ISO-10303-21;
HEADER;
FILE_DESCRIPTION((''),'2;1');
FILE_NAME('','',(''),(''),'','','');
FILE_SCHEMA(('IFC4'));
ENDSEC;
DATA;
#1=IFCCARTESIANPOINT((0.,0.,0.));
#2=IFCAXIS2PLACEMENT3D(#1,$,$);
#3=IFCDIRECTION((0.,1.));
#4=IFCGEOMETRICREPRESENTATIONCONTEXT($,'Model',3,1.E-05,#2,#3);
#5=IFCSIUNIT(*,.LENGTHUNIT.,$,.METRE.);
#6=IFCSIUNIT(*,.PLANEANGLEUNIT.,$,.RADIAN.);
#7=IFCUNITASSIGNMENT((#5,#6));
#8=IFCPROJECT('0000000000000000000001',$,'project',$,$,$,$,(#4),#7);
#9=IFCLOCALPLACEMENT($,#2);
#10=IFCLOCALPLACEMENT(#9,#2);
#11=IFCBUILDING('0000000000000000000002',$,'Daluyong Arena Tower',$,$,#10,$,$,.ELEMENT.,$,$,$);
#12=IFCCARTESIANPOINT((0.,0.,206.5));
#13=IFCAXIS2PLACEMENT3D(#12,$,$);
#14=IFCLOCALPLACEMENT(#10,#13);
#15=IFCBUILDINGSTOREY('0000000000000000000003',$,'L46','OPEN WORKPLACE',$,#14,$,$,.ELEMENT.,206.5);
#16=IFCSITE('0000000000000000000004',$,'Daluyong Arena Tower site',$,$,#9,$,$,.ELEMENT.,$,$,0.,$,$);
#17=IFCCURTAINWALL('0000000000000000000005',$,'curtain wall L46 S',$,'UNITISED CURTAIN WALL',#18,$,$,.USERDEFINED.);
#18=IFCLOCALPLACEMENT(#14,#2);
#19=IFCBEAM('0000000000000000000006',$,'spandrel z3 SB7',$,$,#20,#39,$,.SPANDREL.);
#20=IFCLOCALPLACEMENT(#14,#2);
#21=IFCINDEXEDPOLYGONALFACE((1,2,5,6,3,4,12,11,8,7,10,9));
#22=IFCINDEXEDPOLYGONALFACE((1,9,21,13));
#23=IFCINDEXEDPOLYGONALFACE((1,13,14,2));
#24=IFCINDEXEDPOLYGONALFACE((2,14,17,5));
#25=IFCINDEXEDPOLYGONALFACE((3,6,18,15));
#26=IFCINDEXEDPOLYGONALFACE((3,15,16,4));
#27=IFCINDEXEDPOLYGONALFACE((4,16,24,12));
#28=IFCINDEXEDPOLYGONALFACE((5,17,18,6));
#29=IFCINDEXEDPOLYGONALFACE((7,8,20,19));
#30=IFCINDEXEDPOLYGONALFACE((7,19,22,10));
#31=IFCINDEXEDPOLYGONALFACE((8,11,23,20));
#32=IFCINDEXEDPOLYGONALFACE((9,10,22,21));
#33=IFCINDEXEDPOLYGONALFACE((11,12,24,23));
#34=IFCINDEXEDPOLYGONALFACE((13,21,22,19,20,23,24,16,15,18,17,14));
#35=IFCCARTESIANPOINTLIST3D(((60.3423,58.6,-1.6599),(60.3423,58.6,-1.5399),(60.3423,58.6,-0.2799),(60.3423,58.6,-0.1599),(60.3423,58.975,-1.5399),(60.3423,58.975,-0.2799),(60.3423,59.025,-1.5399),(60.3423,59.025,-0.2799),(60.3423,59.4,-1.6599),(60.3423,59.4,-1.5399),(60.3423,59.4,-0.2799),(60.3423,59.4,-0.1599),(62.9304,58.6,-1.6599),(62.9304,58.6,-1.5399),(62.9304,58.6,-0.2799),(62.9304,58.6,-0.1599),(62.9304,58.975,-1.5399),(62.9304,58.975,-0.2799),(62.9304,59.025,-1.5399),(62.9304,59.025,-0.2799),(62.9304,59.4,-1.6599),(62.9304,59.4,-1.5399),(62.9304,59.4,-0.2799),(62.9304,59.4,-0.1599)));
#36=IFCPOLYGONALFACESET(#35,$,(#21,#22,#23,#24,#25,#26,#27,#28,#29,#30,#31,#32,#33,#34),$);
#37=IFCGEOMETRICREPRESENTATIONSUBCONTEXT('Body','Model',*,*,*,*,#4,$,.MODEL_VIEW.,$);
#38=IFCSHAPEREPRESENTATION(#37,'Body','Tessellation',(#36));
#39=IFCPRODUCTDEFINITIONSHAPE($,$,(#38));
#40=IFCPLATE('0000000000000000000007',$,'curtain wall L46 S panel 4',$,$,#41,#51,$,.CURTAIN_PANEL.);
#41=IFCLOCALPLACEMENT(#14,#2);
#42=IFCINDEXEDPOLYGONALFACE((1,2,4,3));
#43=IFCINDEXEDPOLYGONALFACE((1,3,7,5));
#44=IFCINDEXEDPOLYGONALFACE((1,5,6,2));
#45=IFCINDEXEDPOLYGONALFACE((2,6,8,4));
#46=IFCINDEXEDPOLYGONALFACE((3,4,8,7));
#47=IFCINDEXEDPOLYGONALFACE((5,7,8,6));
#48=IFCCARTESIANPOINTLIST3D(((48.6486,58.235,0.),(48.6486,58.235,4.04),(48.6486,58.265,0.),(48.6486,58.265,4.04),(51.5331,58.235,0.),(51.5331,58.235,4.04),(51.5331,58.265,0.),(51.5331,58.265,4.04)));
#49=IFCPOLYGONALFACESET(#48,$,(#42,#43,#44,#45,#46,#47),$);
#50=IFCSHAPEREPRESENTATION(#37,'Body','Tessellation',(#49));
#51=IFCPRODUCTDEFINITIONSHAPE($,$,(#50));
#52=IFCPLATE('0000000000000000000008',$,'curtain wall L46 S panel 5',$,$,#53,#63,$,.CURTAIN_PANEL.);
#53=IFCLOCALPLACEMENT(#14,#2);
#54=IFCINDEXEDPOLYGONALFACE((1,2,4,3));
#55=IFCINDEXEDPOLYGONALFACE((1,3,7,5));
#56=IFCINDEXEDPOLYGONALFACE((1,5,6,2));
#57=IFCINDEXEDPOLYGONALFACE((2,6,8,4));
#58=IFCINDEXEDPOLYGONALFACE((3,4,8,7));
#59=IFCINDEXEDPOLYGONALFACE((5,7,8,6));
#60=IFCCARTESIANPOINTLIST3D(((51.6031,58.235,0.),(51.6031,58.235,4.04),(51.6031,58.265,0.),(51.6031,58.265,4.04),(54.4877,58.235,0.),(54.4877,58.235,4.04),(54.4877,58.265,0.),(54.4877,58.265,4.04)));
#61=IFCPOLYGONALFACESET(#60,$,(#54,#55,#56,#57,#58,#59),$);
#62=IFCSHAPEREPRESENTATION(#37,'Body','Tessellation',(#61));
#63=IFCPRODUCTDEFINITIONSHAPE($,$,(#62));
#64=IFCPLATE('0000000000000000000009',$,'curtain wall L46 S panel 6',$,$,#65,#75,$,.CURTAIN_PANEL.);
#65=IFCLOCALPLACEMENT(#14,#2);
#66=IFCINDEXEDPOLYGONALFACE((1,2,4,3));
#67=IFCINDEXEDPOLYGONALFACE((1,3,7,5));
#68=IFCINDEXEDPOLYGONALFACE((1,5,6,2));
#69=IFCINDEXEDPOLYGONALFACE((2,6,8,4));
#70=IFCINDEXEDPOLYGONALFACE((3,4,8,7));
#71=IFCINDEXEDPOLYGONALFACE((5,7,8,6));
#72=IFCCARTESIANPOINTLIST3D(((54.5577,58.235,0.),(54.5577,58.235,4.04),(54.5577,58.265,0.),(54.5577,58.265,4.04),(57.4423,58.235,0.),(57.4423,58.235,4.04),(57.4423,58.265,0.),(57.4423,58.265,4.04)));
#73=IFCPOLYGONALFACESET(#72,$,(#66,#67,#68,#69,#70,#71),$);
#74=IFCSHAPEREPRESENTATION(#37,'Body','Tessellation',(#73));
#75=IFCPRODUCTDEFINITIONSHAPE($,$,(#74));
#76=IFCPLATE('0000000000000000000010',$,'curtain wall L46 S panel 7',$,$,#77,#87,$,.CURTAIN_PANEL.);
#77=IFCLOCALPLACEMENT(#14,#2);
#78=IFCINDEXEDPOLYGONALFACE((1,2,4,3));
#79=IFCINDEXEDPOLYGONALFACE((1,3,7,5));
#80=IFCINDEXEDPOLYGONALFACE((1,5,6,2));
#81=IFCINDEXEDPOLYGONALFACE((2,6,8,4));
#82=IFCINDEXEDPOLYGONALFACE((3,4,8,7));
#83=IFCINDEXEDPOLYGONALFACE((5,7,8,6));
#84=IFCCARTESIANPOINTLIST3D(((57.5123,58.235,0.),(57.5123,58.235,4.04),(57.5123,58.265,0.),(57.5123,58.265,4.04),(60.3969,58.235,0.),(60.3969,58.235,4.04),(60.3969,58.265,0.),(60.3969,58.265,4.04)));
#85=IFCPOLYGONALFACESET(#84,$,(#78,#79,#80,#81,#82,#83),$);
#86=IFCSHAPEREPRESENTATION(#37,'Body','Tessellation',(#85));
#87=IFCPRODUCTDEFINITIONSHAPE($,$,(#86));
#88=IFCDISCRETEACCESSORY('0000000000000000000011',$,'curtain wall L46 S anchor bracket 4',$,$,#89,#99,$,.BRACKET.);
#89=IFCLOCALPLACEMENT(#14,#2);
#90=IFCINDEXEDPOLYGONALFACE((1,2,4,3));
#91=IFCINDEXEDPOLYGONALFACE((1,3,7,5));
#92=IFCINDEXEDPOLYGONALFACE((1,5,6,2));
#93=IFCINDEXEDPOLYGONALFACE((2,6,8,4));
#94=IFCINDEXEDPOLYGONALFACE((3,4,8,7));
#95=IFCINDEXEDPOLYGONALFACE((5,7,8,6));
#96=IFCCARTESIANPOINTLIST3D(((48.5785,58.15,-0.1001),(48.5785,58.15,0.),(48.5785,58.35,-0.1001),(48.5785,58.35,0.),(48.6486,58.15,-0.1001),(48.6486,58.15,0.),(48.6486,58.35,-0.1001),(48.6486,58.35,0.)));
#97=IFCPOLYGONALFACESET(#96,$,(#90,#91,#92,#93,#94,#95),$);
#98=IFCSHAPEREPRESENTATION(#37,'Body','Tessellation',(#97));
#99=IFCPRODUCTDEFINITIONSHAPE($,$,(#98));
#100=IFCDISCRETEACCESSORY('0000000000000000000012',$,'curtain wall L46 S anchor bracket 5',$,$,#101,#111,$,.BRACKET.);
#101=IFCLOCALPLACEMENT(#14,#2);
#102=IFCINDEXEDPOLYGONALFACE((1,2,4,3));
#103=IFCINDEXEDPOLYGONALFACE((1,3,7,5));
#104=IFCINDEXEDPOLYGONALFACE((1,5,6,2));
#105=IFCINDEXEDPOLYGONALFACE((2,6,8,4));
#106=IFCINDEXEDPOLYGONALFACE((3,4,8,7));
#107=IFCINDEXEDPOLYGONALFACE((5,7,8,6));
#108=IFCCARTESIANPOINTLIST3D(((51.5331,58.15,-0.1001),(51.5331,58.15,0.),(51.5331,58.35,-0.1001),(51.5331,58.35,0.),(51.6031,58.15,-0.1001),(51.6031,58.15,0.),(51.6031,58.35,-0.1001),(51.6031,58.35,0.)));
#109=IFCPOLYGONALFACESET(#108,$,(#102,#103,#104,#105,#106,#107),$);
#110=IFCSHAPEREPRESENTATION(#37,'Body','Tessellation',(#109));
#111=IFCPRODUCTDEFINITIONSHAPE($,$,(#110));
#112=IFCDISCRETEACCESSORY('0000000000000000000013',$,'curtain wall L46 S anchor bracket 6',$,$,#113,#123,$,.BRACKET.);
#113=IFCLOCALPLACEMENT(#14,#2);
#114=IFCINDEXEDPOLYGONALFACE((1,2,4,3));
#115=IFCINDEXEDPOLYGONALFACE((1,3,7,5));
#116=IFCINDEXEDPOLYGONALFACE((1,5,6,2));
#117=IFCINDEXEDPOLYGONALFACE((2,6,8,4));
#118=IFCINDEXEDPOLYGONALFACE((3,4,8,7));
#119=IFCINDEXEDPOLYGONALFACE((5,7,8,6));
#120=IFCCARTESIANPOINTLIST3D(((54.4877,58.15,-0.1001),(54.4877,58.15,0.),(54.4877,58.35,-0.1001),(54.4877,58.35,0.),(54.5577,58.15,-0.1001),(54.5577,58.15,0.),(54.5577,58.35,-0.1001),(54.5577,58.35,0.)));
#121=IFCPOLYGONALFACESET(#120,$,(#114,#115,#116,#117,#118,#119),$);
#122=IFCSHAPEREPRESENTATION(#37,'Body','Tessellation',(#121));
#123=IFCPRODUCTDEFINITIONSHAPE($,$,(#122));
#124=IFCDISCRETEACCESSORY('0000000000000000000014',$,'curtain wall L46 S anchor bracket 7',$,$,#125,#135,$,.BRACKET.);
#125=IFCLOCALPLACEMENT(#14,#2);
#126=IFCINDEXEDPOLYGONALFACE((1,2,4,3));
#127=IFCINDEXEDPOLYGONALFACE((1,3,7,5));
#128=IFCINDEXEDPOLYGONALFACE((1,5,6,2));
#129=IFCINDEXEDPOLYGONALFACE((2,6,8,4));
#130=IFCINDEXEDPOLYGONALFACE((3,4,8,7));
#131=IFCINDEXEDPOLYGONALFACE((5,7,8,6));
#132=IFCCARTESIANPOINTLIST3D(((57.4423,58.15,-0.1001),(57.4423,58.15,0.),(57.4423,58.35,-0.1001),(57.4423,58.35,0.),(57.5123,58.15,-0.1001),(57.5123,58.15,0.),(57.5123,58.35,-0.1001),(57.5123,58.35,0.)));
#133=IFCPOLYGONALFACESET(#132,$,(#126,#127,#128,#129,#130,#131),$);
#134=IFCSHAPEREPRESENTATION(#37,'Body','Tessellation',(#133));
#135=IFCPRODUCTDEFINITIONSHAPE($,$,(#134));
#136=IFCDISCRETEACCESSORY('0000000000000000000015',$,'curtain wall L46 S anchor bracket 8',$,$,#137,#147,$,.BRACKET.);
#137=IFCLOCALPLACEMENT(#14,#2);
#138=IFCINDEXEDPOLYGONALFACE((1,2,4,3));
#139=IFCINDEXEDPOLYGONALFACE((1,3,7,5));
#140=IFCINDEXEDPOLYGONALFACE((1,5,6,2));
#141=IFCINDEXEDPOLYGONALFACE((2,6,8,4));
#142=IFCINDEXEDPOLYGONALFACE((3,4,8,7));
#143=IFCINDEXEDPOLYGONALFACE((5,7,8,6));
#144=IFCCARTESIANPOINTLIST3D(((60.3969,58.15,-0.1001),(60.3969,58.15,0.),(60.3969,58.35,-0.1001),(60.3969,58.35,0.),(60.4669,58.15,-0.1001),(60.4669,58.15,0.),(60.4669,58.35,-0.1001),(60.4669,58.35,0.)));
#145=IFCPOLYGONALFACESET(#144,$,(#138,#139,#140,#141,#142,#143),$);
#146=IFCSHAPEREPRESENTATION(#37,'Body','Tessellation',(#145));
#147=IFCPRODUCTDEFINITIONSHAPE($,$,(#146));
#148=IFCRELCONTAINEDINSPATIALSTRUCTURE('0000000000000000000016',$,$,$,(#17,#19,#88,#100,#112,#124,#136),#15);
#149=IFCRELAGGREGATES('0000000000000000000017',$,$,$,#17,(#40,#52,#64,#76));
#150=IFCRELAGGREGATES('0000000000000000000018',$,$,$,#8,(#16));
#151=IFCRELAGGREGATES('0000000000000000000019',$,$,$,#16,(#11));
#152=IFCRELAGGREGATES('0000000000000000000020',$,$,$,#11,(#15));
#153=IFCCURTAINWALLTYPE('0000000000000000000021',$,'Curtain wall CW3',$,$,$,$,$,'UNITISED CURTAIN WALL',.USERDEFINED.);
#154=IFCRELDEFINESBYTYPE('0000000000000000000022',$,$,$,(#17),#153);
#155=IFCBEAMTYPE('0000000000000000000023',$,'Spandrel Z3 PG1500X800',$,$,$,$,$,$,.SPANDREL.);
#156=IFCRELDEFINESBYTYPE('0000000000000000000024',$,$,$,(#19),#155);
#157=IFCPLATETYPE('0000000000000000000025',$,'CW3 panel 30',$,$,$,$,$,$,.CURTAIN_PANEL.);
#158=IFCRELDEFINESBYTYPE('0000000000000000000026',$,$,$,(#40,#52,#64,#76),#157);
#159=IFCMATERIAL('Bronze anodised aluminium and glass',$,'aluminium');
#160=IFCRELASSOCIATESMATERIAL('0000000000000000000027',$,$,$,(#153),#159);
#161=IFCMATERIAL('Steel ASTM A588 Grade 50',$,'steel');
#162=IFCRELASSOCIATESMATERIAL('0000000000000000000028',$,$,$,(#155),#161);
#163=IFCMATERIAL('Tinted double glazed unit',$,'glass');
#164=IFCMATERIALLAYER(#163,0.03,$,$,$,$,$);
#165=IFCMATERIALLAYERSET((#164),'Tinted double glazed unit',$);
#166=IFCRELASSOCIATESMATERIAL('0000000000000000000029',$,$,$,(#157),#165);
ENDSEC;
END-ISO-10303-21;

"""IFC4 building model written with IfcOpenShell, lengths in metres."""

from ifc_helpers import new_model, si_unit, direction, frame, origin, origin_2d, place, context, subcontext, project, spatial, rectangle, i_section, extrude, material, layer, layer_set, material_profile, profile_set, type_object, element, aggregate, save


model = new_model("IFC4")

# Units and contexts
model_context = context("Model", 3, precision=1e-05, world=origin(), true_north=direction((0.0, 1.0)))
body_context = subcontext(model_context, "Body", "Model", "MODEL_VIEW")
ifc_project = project(units=[si_unit("LENGTHUNIT", "METRE"), si_unit("PLANEANGLEUNIT", "RADIAN")], contexts=[model_context])

# Site, building, storey
site_placement = place(None, origin())
site = spatial("IfcSite", under=ifc_project, at=site_placement, Name="Daluyong Arena Tower site", CompositionType="ELEMENT", RefElevation=0.0)
building_placement = place(site_placement, origin())
building = spatial("IfcBuilding", under=site, at=building_placement, Name="Daluyong Arena Tower", CompositionType="ELEMENT")
storey_placement = place(building_placement, frame((0.0, 0.0, 206.5)))
storey = spatial("IfcBuildingStorey", under=building, at=storey_placement, Name="L46", Description="OPEN WORKPLACE", CompositionType="ELEMENT", Elevation=206.5)

# Curtain wall
ifc_material_1 = material(Name="Bronze anodised aluminium and glass", Category="aluminium")
curtain_wall_type = type_object("IfcCurtainWallType", Name="Curtain wall CW3", ElementType="UNITISED CURTAIN WALL", PredefinedType="USERDEFINED", material=ifc_material_1)
curtain_wall_placement = place(storey_placement, origin())
curtain_wall = element("IfcCurtainWall", 1, at=curtain_wall_placement, inside=storey, type_object=curtain_wall_type, Name="curtain wall L46 S", ObjectType="UNITISED CURTAIN WALL", PredefinedType="USERDEFINED")

# Beam
ifc_material_2 = material(Name="Steel ASTM A588 Grade 50", Category="steel")
ifc_material_profile_1 = material_profile(ifc_material_2, i_section(OverallWidth=0.8, OverallDepth=1.5, WebThickness=0.05, FlangeThickness=0.12, at=origin_2d()))
ifc_profile_set_1 = profile_set([ifc_material_profile_1], Name="Steel ASTM A588 Grade 50")
beam_type_1 = type_object("IfcBeamType", Name="Spandrel Z3 PG1500X800", PredefinedType="SPANDREL", material=ifc_profile_set_1)
for number, where, z_axis, x_axis, name in (
    (2, (60.3423, 59.0, -0.9099), (1.0, 0.0, 0.0), (0.0, 1.0, 0.0), "spandrel z3 SB7"),
):
    element("IfcBeam", number, at=place(storey_placement, frame(where, z_axis=z_axis, x_axis=x_axis)), inside=storey, type_object=beam_type_1, Name=name, PredefinedType="SPANDREL", context=body_context, shape_type="SweptSolid", body=[
        extrude(i_section(OverallWidth=0.8, OverallDepth=1.5, WebThickness=0.05, FlangeThickness=0.12, at=origin_2d()), origin(), (0.0, 0.0, 1.0), 2.5881),
    ])

# Plates
ifc_material_3 = material(Name="Tinted double glazed unit", Category="glass")
ifc_layer = layer(ifc_material_3, 0.03)
ifc_layer_set = layer_set([ifc_layer], Name="Tinted double glazed unit")
plate_type = type_object("IfcPlateType", Name="CW3 panel 30", PredefinedType="CURTAIN_PANEL", material=ifc_layer_set)
plate_1_placement = place(storey_placement, frame((50.0908, 58.25, 0.0), z_axis=(0.0, 0.0, 1.0), x_axis=(1.0, 0.0, 0.0)))
plate_1 = element("IfcPlate", 3, at=plate_1_placement, type_object=plate_type, Name="curtain wall L46 S panel 4", PredefinedType="CURTAIN_PANEL", context=body_context, shape_type="SweptSolid", body=[
    extrude(rectangle(XDim=2.8845, YDim=0.03, at=origin_2d()), origin(), (0.0, 0.0, 1.0), 4.04),
])
plate_2_placement = place(storey_placement, frame((53.0454, 58.25, 0.0), z_axis=(0.0, 0.0, 1.0), x_axis=(1.0, 0.0, 0.0)))
plate_2 = element("IfcPlate", 4, at=plate_2_placement, type_object=plate_type, Name="curtain wall L46 S panel 5", PredefinedType="CURTAIN_PANEL", context=body_context, shape_type="SweptSolid", body=[
    extrude(rectangle(XDim=2.8845, YDim=0.03, at=origin_2d()), origin(), (0.0, 0.0, 1.0), 4.04),
])
plate_3_placement = place(storey_placement, frame((56.0, 58.25, 0.0), z_axis=(0.0, 0.0, 1.0), x_axis=(1.0, 0.0, 0.0)))
plate_3 = element("IfcPlate", 5, at=plate_3_placement, type_object=plate_type, Name="curtain wall L46 S panel 6", PredefinedType="CURTAIN_PANEL", context=body_context, shape_type="SweptSolid", body=[
    extrude(rectangle(XDim=2.8845, YDim=0.03, at=origin_2d()), origin(), (0.0, 0.0, 1.0), 4.04),
])
plate_4_placement = place(storey_placement, frame((58.9546, 58.25, 0.0), z_axis=(0.0, 0.0, 1.0), x_axis=(1.0, 0.0, 0.0)))
plate_4 = element("IfcPlate", 6, at=plate_4_placement, type_object=plate_type, Name="curtain wall L46 S panel 7", PredefinedType="CURTAIN_PANEL", context=body_context, shape_type="SweptSolid", body=[
    extrude(rectangle(XDim=2.8845, YDim=0.03, at=origin_2d()), origin(), (0.0, 0.0, 1.0), 4.04),
])
aggregate(curtain_wall, [plate_1, plate_2, plate_3, plate_4])

# Discrete accessories
for number, where, z_axis, x_axis, name in (
    (7, (48.6135, 58.25, -0.1001), (0.0, 0.0, 1.0), (1.0, 0.0, 0.0), "curtain wall L46 S anchor bracket 4"),
    (8, (51.5681, 58.25, -0.1001), (0.0, 0.0, 1.0), (1.0, 0.0, 0.0), "curtain wall L46 S anchor bracket 5"),
    (9, (54.5227, 58.25, -0.1001), (0.0, 0.0, 1.0), (1.0, 0.0, 0.0), "curtain wall L46 S anchor bracket 6"),
    (10, (57.4773, 58.25, -0.1001), (0.0, 0.0, 1.0), (1.0, 0.0, 0.0), "curtain wall L46 S anchor bracket 7"),
    (11, (60.4319, 58.25, -0.1001), (0.0, 0.0, 1.0), (1.0, 0.0, 0.0), "curtain wall L46 S anchor bracket 8"),
):
    element("IfcDiscreteAccessory", number, at=place(storey_placement, frame(where, z_axis=z_axis, x_axis=x_axis)), inside=storey, Name=name, PredefinedType="BRACKET", context=body_context, shape_type="SweptSolid", body=[
        extrude(rectangle(XDim=0.0701, YDim=0.2, at=origin_2d()), origin(), (0.0, 0.0, 1.0), 0.1001),
    ])

save(model, "model.ifc")
